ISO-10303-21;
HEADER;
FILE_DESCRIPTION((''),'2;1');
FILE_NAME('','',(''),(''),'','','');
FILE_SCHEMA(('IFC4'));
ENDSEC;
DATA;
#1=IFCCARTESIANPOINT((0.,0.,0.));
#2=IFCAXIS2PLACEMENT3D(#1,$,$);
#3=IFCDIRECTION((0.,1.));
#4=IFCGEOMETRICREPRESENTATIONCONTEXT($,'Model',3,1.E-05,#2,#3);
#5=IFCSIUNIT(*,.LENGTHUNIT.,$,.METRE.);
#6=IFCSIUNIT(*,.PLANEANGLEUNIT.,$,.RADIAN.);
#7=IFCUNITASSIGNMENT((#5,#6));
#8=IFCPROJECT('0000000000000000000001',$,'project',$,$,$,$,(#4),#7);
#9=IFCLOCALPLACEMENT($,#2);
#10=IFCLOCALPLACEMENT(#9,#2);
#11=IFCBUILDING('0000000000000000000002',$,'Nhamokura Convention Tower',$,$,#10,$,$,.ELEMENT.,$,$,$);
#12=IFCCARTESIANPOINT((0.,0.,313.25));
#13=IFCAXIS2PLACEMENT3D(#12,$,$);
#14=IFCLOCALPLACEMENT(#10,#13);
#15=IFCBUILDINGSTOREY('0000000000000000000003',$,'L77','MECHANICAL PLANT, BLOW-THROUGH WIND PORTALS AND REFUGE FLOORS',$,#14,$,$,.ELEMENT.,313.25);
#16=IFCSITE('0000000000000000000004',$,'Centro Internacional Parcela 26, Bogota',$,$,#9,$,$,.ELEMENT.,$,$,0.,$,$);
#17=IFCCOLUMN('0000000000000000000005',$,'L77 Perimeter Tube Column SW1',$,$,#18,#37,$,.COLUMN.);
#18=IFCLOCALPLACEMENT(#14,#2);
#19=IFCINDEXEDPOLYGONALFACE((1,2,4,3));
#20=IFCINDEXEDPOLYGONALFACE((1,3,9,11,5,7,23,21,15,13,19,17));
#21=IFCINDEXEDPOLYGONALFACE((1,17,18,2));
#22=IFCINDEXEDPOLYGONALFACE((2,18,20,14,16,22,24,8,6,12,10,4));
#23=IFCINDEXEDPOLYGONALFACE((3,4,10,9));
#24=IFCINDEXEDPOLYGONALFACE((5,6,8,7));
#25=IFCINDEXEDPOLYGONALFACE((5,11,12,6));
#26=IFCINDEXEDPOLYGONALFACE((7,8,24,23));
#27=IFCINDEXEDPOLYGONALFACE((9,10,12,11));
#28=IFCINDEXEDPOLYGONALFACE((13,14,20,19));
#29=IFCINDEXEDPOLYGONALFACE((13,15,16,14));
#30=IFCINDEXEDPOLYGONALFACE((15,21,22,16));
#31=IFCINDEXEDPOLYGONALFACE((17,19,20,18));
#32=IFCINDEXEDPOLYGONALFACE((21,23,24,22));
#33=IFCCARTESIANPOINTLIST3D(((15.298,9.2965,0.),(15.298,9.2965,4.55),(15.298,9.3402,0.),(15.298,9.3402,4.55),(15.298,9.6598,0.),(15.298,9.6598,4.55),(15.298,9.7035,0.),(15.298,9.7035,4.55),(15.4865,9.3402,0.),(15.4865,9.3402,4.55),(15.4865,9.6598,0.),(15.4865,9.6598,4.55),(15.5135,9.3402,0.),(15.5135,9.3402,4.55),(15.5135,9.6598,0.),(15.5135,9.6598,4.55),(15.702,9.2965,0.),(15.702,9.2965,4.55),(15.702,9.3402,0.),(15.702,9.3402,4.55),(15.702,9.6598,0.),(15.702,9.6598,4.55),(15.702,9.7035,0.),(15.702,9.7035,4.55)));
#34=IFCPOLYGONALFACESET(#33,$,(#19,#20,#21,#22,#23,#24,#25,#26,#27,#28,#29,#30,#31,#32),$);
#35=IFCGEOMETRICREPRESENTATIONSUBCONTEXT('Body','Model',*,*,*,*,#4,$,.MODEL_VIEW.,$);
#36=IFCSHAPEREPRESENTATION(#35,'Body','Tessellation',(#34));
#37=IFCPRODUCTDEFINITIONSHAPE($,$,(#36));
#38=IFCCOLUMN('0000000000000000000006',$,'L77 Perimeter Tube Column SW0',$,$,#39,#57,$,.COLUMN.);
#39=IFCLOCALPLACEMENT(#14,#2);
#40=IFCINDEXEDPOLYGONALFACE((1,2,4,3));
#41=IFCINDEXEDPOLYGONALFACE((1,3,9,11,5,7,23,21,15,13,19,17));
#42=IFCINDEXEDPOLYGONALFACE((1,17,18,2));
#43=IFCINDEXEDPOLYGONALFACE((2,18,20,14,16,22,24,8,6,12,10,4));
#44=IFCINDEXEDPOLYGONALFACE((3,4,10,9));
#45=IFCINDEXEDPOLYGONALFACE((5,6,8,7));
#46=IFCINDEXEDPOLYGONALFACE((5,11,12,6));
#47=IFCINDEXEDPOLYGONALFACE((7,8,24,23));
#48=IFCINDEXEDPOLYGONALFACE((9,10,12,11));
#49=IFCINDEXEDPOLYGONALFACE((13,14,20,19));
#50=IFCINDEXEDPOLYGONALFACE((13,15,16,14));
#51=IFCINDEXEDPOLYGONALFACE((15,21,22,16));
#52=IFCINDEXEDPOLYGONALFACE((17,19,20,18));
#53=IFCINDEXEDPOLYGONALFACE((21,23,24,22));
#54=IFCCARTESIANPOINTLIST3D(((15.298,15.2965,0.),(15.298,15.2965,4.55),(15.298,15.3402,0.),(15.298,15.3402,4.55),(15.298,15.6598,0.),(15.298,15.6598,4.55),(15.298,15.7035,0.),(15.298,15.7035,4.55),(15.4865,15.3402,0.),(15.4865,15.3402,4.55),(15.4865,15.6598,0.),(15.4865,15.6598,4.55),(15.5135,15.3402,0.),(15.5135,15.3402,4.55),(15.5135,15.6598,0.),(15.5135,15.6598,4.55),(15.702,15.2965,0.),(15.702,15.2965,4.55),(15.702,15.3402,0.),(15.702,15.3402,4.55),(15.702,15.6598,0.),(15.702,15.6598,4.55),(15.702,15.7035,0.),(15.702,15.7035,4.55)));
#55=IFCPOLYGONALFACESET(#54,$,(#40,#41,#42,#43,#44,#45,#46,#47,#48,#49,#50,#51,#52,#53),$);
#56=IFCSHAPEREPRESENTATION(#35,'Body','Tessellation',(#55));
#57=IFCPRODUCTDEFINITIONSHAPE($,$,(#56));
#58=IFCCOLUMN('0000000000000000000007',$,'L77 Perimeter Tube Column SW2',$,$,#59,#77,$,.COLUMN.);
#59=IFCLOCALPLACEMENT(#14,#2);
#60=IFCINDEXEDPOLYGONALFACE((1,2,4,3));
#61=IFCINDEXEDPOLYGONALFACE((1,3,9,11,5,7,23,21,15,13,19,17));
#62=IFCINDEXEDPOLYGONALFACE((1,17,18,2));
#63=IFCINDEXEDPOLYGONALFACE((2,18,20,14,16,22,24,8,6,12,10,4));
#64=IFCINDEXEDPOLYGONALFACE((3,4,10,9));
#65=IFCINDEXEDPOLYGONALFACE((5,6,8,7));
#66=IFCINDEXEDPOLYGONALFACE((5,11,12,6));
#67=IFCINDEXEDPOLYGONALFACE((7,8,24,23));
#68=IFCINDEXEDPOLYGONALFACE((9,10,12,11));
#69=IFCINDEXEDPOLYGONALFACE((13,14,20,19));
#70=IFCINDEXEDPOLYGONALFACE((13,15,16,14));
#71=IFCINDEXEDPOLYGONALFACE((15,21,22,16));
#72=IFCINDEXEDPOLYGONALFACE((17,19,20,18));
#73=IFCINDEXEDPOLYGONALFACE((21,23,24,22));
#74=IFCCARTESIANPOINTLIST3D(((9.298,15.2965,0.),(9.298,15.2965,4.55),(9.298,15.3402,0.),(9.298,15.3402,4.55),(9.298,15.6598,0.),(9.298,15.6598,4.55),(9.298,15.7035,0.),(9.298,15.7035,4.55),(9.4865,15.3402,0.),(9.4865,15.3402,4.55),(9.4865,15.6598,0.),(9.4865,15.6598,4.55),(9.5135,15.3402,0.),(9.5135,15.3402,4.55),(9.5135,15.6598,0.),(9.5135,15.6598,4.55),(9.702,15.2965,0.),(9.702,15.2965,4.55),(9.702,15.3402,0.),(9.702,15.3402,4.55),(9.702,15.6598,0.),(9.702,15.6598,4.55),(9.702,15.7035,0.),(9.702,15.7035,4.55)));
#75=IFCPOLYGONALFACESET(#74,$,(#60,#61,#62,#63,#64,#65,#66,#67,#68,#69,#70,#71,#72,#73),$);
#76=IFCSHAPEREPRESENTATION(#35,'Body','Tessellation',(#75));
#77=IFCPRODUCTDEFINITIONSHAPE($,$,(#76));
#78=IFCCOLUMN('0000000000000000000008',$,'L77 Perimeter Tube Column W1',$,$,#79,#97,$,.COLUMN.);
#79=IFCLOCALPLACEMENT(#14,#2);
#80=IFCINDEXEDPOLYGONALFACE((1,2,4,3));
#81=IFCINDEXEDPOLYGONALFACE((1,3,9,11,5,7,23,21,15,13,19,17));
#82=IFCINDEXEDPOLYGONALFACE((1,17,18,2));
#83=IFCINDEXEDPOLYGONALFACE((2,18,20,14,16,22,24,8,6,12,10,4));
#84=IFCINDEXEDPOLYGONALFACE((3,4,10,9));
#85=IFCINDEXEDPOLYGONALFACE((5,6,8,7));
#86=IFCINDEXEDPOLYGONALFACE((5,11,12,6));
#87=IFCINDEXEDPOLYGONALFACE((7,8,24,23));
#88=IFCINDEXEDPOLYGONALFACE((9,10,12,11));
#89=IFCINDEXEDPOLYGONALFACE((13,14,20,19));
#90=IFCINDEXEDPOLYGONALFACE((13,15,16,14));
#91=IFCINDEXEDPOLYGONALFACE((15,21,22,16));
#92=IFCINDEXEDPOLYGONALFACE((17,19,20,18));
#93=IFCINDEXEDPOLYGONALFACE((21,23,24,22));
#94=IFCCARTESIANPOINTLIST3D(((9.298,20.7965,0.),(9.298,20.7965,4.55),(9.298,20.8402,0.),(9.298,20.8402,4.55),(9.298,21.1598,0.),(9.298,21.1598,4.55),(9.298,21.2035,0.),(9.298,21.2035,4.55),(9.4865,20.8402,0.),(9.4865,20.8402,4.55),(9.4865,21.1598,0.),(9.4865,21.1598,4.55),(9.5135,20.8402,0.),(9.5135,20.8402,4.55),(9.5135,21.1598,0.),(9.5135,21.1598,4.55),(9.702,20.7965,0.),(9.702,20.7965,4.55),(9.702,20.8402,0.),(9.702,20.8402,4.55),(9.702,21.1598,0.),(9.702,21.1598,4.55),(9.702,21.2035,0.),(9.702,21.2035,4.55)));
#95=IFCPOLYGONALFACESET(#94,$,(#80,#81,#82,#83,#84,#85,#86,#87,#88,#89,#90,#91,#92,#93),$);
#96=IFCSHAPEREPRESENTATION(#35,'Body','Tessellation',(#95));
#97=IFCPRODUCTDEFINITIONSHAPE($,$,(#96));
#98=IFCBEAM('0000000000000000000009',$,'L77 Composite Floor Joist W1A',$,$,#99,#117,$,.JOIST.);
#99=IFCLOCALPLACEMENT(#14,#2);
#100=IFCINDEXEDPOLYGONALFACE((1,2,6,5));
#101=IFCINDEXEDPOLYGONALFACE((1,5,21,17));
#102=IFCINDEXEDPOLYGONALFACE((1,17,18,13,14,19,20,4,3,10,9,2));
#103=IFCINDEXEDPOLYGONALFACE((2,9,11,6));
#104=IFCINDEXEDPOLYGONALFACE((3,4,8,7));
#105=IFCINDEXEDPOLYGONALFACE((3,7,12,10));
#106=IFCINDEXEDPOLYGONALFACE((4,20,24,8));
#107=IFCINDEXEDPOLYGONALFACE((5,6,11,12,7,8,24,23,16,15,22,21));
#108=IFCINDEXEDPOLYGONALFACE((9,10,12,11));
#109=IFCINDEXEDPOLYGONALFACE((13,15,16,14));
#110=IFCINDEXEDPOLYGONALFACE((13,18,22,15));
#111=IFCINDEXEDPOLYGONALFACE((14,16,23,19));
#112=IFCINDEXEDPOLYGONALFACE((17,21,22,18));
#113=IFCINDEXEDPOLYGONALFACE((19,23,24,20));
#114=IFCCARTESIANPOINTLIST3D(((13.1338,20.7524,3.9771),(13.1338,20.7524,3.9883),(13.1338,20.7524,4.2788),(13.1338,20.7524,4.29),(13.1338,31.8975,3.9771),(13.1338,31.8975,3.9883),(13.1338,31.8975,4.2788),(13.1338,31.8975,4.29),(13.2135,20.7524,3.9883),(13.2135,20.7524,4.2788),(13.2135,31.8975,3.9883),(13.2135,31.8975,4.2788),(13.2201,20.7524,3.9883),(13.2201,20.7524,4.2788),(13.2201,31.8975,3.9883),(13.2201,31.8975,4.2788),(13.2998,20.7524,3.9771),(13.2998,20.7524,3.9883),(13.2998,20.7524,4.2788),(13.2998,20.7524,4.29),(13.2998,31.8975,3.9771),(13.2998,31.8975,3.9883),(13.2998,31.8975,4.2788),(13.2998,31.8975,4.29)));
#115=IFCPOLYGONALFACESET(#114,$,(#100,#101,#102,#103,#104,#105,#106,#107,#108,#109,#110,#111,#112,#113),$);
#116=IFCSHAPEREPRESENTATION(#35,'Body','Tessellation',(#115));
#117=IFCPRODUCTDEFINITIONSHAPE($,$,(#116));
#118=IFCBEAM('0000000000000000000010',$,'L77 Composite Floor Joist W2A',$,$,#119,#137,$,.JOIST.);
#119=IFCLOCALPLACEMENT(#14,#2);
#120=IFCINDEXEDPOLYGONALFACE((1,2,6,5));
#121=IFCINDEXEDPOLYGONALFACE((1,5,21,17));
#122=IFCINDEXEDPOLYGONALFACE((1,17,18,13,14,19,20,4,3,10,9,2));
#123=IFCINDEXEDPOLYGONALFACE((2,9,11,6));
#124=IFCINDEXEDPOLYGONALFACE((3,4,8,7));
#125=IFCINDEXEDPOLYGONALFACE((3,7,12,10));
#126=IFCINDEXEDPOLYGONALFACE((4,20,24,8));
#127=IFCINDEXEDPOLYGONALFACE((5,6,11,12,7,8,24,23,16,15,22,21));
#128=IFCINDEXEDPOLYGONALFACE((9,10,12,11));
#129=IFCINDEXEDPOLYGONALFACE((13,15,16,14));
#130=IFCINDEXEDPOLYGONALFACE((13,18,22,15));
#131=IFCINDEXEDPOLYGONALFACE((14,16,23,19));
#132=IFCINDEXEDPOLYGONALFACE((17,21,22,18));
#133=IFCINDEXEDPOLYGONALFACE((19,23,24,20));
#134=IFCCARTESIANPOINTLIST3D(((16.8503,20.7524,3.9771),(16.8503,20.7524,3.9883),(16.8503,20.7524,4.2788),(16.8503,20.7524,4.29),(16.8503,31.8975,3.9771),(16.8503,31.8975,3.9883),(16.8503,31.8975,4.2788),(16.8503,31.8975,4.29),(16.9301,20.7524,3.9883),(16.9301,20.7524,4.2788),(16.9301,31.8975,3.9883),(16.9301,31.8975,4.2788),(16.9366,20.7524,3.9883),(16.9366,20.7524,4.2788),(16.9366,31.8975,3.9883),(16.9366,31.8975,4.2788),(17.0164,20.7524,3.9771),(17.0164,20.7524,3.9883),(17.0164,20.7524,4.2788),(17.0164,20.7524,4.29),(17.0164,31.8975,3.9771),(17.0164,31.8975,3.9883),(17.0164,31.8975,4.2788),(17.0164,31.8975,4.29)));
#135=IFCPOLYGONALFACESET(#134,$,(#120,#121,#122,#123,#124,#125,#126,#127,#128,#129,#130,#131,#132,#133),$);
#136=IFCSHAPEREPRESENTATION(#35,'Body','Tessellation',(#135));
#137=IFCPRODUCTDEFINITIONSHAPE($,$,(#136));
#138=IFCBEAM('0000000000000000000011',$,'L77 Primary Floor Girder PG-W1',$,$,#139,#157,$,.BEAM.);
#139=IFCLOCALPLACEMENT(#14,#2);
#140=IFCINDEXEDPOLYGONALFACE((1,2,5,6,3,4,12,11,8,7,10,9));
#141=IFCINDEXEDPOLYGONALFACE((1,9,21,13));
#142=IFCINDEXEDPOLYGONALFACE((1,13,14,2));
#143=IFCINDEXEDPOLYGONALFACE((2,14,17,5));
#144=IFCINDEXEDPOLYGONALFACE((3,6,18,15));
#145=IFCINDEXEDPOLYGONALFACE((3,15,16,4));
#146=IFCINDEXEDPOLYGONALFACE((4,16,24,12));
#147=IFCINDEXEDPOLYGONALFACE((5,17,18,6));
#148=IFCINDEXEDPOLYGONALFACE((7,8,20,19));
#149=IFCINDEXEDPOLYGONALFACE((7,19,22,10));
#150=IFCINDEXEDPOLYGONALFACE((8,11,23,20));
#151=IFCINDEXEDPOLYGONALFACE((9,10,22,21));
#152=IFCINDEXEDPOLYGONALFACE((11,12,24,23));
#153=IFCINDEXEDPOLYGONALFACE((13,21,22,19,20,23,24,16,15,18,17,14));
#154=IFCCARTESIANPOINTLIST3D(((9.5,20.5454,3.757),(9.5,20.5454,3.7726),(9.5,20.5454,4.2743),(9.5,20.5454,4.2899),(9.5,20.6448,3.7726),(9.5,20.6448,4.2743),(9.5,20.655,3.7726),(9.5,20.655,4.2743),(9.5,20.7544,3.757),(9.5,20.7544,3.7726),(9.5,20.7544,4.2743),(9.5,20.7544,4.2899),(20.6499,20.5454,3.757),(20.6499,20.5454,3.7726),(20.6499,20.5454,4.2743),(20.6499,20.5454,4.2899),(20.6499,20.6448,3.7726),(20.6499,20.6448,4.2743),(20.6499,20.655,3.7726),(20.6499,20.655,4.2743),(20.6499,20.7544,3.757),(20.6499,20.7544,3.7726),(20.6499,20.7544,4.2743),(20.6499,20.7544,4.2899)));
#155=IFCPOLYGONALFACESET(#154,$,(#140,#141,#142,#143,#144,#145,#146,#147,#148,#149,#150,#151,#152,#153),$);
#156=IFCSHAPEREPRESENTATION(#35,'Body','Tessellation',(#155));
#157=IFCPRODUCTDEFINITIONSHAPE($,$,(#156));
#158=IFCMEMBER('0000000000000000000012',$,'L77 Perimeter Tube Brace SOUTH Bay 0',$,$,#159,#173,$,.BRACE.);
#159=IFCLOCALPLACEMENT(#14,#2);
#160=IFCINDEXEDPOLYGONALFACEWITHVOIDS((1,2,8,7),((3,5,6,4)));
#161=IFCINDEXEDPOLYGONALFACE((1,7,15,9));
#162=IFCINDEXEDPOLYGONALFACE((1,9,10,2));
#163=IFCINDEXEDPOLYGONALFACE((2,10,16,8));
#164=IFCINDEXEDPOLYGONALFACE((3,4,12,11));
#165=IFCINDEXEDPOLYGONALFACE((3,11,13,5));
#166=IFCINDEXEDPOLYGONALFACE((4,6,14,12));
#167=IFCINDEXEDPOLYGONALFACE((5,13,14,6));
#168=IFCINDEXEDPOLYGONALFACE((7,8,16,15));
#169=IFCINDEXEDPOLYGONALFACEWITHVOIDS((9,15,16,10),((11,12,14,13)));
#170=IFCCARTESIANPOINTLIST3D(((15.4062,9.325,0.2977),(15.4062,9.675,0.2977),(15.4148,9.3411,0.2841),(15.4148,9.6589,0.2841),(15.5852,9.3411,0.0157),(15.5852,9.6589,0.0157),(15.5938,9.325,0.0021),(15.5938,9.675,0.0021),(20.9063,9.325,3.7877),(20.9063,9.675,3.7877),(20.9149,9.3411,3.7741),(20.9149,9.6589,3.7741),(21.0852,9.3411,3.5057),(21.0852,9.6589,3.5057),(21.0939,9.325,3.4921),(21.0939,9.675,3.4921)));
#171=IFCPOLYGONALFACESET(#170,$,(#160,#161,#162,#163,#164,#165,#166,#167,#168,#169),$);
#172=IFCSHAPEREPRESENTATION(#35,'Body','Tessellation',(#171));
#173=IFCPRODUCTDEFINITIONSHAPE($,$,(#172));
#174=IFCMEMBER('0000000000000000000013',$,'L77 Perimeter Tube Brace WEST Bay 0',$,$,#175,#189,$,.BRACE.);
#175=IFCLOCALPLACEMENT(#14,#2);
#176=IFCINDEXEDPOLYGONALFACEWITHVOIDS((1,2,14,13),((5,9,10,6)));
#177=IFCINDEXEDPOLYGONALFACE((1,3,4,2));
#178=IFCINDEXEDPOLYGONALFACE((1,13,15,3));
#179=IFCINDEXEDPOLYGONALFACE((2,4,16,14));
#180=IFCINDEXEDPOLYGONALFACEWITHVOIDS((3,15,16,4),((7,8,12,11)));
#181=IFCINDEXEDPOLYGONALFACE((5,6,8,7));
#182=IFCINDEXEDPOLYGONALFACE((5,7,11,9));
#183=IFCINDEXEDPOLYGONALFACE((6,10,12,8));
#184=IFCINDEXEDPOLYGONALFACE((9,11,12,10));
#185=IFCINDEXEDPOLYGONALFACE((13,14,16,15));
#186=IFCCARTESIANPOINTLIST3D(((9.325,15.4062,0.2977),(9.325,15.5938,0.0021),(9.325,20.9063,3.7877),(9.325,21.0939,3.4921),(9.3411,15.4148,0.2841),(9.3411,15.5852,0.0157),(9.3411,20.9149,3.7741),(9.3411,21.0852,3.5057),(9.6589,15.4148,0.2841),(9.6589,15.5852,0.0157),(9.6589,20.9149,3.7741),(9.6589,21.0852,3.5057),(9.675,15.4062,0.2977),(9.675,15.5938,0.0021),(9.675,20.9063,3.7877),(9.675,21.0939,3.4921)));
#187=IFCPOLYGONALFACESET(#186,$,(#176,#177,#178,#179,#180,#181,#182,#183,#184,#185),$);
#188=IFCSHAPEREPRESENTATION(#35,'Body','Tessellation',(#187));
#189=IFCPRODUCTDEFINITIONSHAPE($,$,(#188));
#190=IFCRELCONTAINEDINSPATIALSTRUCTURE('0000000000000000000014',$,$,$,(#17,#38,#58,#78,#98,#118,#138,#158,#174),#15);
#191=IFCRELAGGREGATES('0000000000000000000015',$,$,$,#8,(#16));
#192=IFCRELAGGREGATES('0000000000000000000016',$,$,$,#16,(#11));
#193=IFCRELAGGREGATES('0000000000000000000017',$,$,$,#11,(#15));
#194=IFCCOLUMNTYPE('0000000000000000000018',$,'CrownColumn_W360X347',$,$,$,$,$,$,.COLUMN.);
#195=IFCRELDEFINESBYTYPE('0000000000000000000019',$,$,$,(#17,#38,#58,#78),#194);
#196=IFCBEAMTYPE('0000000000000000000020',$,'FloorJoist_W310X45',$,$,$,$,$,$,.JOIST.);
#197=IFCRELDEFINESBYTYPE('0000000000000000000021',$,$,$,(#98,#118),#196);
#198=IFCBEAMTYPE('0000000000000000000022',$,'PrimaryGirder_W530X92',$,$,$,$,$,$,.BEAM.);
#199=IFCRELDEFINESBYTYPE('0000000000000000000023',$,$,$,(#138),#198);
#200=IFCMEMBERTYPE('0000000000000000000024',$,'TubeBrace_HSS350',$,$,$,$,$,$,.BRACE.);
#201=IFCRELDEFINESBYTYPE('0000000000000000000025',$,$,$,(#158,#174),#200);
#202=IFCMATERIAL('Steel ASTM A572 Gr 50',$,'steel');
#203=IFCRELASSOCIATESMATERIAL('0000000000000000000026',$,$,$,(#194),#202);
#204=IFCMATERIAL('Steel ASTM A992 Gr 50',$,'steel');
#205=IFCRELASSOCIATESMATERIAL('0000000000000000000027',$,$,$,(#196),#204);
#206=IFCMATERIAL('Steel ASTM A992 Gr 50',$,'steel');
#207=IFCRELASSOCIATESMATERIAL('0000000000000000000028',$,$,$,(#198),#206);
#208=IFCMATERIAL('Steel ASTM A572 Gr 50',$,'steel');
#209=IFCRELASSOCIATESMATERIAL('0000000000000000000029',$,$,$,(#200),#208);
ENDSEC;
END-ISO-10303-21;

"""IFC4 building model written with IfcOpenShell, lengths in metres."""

from ifc_helpers import new_model, si_unit, direction, frame, origin, origin_2d, place, context, subcontext, project, spatial, hollow_rectangle, i_section, extrude, material, material_profile, profile_set, type_object, element, save


model = new_model("IFC4")

# Units and contexts
model_context = context("Model", 3, precision=1e-05, world=origin(), true_north=direction((0.0, 1.0)))
body_context = subcontext(model_context, "Body", "Model", "MODEL_VIEW")
ifc_project = project(units=[si_unit("LENGTHUNIT", "METRE"), si_unit("PLANEANGLEUNIT", "RADIAN")], contexts=[model_context])

# Site, building, storey
site_placement = place(None, origin())
site = spatial("IfcSite", under=ifc_project, at=site_placement, Name="Centro Internacional Parcela 26, Bogota", CompositionType="ELEMENT", RefElevation=0.0)
building_placement = place(site_placement, origin())
building = spatial("IfcBuilding", under=site, at=building_placement, Name="Nhamokura Convention Tower", CompositionType="ELEMENT")
storey_placement = place(building_placement, frame((0.0, 0.0, 313.25)))
storey = spatial("IfcBuildingStorey", under=building, at=storey_placement, Name="L77", Description="MECHANICAL PLANT, BLOW-THROUGH WIND PORTALS AND REFUGE FLOORS", CompositionType="ELEMENT", Elevation=313.25)

# Columns
ifc_material_1 = material(Name="Steel ASTM A572 Gr 50", Category="steel")
ifc_material_profile_1 = material_profile(ifc_material_1, i_section(OverallWidth=0.4041, OverallDepth=0.407, WebThickness=0.0271, FlangeThickness=0.0437, at=origin_2d()))
ifc_profile_set_1 = profile_set([ifc_material_profile_1], Name="Steel ASTM A572 Gr 50")
column_type = type_object("IfcColumnType", Name="CrownColumn_W360X347", PredefinedType="COLUMN", material=ifc_profile_set_1)
for number, where, z_axis, x_axis, name in (
    (1, (15.5, 9.5, 0.0), (0.0, 0.0, 1.0), (1.0, 0.0, 0.0), "L77 Perimeter Tube Column SW1"),
    (2, (15.5, 15.5, 0.0), (0.0, 0.0, 1.0), (1.0, 0.0, 0.0), "L77 Perimeter Tube Column SW0"),
    (3, (9.5, 15.5, 0.0), (0.0, 0.0, 1.0), (1.0, 0.0, 0.0), "L77 Perimeter Tube Column SW2"),
    (4, (9.5, 21.0, 0.0), (0.0, 0.0, 1.0), (1.0, 0.0, 0.0), "L77 Perimeter Tube Column W1"),
):
    element("IfcColumn", number, at=place(storey_placement, frame(where, z_axis=z_axis, x_axis=x_axis)), inside=storey, type_object=column_type, Name=name, PredefinedType="COLUMN", context=body_context, shape_type="SweptSolid", body=[
        extrude(i_section(OverallWidth=0.4041, OverallDepth=0.407, WebThickness=0.0271, FlangeThickness=0.0437, at=origin_2d()), origin(), (0.0, 0.0, 1.0), 4.55),
    ])

# Beams
ifc_material_2 = material(Name="Steel ASTM A992 Gr 50", Category="steel")
ifc_material_profile_2 = material_profile(ifc_material_2, i_section(OverallWidth=0.166, OverallDepth=0.313, WebThickness=0.0066, FlangeThickness=0.0112, at=origin_2d()))
ifc_profile_set_2 = profile_set([ifc_material_profile_2], Name="Steel ASTM A992 Gr 50")
beam_type_1 = type_object("IfcBeamType", Name="FloorJoist_W310X45", PredefinedType="JOIST", material=ifc_profile_set_2)
for number, where, z_axis, x_axis, name in (
    (5, (13.2168, 20.7524, 4.1335), (0.0, 1.0, 0.0), (-1.0, 0.0, 0.0), "L77 Composite Floor Joist W1A"),
    (6, (16.9333, 20.7524, 4.1335), (0.0, 1.0, 0.0), (-1.0, 0.0, 0.0), "L77 Composite Floor Joist W2A"),
):
    element("IfcBeam", number, at=place(storey_placement, frame(where, z_axis=z_axis, x_axis=x_axis)), inside=storey, type_object=beam_type_1, Name=name, PredefinedType="JOIST", context=body_context, shape_type="SweptSolid", body=[
        extrude(i_section(OverallWidth=0.166, OverallDepth=0.313, WebThickness=0.0066, FlangeThickness=0.0112, at=origin_2d()), origin(), (0.0, 0.0, 1.0), 11.145),
    ])
ifc_material_3 = material(Name="Steel ASTM A992 Gr 50", Category="steel")
ifc_material_profile_3 = material_profile(ifc_material_3, i_section(OverallWidth=0.209, OverallDepth=0.533, WebThickness=0.0103, FlangeThickness=0.0156, at=origin_2d()))
ifc_profile_set_3 = profile_set([ifc_material_profile_3], Name="Steel ASTM A992 Gr 50")
beam_type_2 = type_object("IfcBeamType", Name="PrimaryGirder_W530X92", PredefinedType="BEAM", material=ifc_profile_set_3)
beam_placement = place(storey_placement, frame((9.5, 20.6499, 4.0234), z_axis=(1.0, 0.0, 0.0), x_axis=(0.0, 1.0, 0.0)))
element("IfcBeam", 7, at=beam_placement, inside=storey, type_object=beam_type_2, Name="L77 Primary Floor Girder PG-W1", PredefinedType="BEAM", context=body_context, shape_type="SweptSolid", body=[
    extrude(i_section(OverallWidth=0.209, OverallDepth=0.533, WebThickness=0.0103, FlangeThickness=0.0156, at=origin_2d()), origin(), (0.0, 0.0, 1.0), 11.1499),
])

# Members
ifc_material_4 = material(Name="Steel ASTM A572 Gr 50", Category="steel")
ifc_material_profile_4 = material_profile(ifc_material_4, hollow_rectangle(XDim=0.3501, YDim=0.3501, WallThickness=0.0161, at=origin_2d()))
ifc_profile_set_4 = profile_set([ifc_material_profile_4], Name="Steel ASTM A572 Gr 50")
member_type = type_object("IfcMemberType", Name="TubeBrace_HSS350", PredefinedType="BRACE", material=ifc_profile_set_4)
for number, where, z_axis, x_axis, name in (
    (8, (15.5, 9.5, 0.1499), (0.844357, 0.0, 0.535781), (0.0, 1.0, 0.0), "L77 Perimeter Tube Brace SOUTH Bay 0"),
    (9, (9.5, 15.5, 0.1499), (0.0, 0.844357, 0.535781), (-1.0, 0.0, 0.0), "L77 Perimeter Tube Brace WEST Bay 0"),
):
    element("IfcMember", number, at=place(storey_placement, frame(where, z_axis=z_axis, x_axis=x_axis)), inside=storey, type_object=member_type, Name=name, PredefinedType="BRACE", context=body_context, shape_type="SweptSolid", body=[
        extrude(hollow_rectangle(XDim=0.3501, YDim=0.3501, WallThickness=0.0161, at=origin_2d()), origin(), (0.0, 0.0, 1.0), 6.5139),
    ])

save(model, "model.ifc")
